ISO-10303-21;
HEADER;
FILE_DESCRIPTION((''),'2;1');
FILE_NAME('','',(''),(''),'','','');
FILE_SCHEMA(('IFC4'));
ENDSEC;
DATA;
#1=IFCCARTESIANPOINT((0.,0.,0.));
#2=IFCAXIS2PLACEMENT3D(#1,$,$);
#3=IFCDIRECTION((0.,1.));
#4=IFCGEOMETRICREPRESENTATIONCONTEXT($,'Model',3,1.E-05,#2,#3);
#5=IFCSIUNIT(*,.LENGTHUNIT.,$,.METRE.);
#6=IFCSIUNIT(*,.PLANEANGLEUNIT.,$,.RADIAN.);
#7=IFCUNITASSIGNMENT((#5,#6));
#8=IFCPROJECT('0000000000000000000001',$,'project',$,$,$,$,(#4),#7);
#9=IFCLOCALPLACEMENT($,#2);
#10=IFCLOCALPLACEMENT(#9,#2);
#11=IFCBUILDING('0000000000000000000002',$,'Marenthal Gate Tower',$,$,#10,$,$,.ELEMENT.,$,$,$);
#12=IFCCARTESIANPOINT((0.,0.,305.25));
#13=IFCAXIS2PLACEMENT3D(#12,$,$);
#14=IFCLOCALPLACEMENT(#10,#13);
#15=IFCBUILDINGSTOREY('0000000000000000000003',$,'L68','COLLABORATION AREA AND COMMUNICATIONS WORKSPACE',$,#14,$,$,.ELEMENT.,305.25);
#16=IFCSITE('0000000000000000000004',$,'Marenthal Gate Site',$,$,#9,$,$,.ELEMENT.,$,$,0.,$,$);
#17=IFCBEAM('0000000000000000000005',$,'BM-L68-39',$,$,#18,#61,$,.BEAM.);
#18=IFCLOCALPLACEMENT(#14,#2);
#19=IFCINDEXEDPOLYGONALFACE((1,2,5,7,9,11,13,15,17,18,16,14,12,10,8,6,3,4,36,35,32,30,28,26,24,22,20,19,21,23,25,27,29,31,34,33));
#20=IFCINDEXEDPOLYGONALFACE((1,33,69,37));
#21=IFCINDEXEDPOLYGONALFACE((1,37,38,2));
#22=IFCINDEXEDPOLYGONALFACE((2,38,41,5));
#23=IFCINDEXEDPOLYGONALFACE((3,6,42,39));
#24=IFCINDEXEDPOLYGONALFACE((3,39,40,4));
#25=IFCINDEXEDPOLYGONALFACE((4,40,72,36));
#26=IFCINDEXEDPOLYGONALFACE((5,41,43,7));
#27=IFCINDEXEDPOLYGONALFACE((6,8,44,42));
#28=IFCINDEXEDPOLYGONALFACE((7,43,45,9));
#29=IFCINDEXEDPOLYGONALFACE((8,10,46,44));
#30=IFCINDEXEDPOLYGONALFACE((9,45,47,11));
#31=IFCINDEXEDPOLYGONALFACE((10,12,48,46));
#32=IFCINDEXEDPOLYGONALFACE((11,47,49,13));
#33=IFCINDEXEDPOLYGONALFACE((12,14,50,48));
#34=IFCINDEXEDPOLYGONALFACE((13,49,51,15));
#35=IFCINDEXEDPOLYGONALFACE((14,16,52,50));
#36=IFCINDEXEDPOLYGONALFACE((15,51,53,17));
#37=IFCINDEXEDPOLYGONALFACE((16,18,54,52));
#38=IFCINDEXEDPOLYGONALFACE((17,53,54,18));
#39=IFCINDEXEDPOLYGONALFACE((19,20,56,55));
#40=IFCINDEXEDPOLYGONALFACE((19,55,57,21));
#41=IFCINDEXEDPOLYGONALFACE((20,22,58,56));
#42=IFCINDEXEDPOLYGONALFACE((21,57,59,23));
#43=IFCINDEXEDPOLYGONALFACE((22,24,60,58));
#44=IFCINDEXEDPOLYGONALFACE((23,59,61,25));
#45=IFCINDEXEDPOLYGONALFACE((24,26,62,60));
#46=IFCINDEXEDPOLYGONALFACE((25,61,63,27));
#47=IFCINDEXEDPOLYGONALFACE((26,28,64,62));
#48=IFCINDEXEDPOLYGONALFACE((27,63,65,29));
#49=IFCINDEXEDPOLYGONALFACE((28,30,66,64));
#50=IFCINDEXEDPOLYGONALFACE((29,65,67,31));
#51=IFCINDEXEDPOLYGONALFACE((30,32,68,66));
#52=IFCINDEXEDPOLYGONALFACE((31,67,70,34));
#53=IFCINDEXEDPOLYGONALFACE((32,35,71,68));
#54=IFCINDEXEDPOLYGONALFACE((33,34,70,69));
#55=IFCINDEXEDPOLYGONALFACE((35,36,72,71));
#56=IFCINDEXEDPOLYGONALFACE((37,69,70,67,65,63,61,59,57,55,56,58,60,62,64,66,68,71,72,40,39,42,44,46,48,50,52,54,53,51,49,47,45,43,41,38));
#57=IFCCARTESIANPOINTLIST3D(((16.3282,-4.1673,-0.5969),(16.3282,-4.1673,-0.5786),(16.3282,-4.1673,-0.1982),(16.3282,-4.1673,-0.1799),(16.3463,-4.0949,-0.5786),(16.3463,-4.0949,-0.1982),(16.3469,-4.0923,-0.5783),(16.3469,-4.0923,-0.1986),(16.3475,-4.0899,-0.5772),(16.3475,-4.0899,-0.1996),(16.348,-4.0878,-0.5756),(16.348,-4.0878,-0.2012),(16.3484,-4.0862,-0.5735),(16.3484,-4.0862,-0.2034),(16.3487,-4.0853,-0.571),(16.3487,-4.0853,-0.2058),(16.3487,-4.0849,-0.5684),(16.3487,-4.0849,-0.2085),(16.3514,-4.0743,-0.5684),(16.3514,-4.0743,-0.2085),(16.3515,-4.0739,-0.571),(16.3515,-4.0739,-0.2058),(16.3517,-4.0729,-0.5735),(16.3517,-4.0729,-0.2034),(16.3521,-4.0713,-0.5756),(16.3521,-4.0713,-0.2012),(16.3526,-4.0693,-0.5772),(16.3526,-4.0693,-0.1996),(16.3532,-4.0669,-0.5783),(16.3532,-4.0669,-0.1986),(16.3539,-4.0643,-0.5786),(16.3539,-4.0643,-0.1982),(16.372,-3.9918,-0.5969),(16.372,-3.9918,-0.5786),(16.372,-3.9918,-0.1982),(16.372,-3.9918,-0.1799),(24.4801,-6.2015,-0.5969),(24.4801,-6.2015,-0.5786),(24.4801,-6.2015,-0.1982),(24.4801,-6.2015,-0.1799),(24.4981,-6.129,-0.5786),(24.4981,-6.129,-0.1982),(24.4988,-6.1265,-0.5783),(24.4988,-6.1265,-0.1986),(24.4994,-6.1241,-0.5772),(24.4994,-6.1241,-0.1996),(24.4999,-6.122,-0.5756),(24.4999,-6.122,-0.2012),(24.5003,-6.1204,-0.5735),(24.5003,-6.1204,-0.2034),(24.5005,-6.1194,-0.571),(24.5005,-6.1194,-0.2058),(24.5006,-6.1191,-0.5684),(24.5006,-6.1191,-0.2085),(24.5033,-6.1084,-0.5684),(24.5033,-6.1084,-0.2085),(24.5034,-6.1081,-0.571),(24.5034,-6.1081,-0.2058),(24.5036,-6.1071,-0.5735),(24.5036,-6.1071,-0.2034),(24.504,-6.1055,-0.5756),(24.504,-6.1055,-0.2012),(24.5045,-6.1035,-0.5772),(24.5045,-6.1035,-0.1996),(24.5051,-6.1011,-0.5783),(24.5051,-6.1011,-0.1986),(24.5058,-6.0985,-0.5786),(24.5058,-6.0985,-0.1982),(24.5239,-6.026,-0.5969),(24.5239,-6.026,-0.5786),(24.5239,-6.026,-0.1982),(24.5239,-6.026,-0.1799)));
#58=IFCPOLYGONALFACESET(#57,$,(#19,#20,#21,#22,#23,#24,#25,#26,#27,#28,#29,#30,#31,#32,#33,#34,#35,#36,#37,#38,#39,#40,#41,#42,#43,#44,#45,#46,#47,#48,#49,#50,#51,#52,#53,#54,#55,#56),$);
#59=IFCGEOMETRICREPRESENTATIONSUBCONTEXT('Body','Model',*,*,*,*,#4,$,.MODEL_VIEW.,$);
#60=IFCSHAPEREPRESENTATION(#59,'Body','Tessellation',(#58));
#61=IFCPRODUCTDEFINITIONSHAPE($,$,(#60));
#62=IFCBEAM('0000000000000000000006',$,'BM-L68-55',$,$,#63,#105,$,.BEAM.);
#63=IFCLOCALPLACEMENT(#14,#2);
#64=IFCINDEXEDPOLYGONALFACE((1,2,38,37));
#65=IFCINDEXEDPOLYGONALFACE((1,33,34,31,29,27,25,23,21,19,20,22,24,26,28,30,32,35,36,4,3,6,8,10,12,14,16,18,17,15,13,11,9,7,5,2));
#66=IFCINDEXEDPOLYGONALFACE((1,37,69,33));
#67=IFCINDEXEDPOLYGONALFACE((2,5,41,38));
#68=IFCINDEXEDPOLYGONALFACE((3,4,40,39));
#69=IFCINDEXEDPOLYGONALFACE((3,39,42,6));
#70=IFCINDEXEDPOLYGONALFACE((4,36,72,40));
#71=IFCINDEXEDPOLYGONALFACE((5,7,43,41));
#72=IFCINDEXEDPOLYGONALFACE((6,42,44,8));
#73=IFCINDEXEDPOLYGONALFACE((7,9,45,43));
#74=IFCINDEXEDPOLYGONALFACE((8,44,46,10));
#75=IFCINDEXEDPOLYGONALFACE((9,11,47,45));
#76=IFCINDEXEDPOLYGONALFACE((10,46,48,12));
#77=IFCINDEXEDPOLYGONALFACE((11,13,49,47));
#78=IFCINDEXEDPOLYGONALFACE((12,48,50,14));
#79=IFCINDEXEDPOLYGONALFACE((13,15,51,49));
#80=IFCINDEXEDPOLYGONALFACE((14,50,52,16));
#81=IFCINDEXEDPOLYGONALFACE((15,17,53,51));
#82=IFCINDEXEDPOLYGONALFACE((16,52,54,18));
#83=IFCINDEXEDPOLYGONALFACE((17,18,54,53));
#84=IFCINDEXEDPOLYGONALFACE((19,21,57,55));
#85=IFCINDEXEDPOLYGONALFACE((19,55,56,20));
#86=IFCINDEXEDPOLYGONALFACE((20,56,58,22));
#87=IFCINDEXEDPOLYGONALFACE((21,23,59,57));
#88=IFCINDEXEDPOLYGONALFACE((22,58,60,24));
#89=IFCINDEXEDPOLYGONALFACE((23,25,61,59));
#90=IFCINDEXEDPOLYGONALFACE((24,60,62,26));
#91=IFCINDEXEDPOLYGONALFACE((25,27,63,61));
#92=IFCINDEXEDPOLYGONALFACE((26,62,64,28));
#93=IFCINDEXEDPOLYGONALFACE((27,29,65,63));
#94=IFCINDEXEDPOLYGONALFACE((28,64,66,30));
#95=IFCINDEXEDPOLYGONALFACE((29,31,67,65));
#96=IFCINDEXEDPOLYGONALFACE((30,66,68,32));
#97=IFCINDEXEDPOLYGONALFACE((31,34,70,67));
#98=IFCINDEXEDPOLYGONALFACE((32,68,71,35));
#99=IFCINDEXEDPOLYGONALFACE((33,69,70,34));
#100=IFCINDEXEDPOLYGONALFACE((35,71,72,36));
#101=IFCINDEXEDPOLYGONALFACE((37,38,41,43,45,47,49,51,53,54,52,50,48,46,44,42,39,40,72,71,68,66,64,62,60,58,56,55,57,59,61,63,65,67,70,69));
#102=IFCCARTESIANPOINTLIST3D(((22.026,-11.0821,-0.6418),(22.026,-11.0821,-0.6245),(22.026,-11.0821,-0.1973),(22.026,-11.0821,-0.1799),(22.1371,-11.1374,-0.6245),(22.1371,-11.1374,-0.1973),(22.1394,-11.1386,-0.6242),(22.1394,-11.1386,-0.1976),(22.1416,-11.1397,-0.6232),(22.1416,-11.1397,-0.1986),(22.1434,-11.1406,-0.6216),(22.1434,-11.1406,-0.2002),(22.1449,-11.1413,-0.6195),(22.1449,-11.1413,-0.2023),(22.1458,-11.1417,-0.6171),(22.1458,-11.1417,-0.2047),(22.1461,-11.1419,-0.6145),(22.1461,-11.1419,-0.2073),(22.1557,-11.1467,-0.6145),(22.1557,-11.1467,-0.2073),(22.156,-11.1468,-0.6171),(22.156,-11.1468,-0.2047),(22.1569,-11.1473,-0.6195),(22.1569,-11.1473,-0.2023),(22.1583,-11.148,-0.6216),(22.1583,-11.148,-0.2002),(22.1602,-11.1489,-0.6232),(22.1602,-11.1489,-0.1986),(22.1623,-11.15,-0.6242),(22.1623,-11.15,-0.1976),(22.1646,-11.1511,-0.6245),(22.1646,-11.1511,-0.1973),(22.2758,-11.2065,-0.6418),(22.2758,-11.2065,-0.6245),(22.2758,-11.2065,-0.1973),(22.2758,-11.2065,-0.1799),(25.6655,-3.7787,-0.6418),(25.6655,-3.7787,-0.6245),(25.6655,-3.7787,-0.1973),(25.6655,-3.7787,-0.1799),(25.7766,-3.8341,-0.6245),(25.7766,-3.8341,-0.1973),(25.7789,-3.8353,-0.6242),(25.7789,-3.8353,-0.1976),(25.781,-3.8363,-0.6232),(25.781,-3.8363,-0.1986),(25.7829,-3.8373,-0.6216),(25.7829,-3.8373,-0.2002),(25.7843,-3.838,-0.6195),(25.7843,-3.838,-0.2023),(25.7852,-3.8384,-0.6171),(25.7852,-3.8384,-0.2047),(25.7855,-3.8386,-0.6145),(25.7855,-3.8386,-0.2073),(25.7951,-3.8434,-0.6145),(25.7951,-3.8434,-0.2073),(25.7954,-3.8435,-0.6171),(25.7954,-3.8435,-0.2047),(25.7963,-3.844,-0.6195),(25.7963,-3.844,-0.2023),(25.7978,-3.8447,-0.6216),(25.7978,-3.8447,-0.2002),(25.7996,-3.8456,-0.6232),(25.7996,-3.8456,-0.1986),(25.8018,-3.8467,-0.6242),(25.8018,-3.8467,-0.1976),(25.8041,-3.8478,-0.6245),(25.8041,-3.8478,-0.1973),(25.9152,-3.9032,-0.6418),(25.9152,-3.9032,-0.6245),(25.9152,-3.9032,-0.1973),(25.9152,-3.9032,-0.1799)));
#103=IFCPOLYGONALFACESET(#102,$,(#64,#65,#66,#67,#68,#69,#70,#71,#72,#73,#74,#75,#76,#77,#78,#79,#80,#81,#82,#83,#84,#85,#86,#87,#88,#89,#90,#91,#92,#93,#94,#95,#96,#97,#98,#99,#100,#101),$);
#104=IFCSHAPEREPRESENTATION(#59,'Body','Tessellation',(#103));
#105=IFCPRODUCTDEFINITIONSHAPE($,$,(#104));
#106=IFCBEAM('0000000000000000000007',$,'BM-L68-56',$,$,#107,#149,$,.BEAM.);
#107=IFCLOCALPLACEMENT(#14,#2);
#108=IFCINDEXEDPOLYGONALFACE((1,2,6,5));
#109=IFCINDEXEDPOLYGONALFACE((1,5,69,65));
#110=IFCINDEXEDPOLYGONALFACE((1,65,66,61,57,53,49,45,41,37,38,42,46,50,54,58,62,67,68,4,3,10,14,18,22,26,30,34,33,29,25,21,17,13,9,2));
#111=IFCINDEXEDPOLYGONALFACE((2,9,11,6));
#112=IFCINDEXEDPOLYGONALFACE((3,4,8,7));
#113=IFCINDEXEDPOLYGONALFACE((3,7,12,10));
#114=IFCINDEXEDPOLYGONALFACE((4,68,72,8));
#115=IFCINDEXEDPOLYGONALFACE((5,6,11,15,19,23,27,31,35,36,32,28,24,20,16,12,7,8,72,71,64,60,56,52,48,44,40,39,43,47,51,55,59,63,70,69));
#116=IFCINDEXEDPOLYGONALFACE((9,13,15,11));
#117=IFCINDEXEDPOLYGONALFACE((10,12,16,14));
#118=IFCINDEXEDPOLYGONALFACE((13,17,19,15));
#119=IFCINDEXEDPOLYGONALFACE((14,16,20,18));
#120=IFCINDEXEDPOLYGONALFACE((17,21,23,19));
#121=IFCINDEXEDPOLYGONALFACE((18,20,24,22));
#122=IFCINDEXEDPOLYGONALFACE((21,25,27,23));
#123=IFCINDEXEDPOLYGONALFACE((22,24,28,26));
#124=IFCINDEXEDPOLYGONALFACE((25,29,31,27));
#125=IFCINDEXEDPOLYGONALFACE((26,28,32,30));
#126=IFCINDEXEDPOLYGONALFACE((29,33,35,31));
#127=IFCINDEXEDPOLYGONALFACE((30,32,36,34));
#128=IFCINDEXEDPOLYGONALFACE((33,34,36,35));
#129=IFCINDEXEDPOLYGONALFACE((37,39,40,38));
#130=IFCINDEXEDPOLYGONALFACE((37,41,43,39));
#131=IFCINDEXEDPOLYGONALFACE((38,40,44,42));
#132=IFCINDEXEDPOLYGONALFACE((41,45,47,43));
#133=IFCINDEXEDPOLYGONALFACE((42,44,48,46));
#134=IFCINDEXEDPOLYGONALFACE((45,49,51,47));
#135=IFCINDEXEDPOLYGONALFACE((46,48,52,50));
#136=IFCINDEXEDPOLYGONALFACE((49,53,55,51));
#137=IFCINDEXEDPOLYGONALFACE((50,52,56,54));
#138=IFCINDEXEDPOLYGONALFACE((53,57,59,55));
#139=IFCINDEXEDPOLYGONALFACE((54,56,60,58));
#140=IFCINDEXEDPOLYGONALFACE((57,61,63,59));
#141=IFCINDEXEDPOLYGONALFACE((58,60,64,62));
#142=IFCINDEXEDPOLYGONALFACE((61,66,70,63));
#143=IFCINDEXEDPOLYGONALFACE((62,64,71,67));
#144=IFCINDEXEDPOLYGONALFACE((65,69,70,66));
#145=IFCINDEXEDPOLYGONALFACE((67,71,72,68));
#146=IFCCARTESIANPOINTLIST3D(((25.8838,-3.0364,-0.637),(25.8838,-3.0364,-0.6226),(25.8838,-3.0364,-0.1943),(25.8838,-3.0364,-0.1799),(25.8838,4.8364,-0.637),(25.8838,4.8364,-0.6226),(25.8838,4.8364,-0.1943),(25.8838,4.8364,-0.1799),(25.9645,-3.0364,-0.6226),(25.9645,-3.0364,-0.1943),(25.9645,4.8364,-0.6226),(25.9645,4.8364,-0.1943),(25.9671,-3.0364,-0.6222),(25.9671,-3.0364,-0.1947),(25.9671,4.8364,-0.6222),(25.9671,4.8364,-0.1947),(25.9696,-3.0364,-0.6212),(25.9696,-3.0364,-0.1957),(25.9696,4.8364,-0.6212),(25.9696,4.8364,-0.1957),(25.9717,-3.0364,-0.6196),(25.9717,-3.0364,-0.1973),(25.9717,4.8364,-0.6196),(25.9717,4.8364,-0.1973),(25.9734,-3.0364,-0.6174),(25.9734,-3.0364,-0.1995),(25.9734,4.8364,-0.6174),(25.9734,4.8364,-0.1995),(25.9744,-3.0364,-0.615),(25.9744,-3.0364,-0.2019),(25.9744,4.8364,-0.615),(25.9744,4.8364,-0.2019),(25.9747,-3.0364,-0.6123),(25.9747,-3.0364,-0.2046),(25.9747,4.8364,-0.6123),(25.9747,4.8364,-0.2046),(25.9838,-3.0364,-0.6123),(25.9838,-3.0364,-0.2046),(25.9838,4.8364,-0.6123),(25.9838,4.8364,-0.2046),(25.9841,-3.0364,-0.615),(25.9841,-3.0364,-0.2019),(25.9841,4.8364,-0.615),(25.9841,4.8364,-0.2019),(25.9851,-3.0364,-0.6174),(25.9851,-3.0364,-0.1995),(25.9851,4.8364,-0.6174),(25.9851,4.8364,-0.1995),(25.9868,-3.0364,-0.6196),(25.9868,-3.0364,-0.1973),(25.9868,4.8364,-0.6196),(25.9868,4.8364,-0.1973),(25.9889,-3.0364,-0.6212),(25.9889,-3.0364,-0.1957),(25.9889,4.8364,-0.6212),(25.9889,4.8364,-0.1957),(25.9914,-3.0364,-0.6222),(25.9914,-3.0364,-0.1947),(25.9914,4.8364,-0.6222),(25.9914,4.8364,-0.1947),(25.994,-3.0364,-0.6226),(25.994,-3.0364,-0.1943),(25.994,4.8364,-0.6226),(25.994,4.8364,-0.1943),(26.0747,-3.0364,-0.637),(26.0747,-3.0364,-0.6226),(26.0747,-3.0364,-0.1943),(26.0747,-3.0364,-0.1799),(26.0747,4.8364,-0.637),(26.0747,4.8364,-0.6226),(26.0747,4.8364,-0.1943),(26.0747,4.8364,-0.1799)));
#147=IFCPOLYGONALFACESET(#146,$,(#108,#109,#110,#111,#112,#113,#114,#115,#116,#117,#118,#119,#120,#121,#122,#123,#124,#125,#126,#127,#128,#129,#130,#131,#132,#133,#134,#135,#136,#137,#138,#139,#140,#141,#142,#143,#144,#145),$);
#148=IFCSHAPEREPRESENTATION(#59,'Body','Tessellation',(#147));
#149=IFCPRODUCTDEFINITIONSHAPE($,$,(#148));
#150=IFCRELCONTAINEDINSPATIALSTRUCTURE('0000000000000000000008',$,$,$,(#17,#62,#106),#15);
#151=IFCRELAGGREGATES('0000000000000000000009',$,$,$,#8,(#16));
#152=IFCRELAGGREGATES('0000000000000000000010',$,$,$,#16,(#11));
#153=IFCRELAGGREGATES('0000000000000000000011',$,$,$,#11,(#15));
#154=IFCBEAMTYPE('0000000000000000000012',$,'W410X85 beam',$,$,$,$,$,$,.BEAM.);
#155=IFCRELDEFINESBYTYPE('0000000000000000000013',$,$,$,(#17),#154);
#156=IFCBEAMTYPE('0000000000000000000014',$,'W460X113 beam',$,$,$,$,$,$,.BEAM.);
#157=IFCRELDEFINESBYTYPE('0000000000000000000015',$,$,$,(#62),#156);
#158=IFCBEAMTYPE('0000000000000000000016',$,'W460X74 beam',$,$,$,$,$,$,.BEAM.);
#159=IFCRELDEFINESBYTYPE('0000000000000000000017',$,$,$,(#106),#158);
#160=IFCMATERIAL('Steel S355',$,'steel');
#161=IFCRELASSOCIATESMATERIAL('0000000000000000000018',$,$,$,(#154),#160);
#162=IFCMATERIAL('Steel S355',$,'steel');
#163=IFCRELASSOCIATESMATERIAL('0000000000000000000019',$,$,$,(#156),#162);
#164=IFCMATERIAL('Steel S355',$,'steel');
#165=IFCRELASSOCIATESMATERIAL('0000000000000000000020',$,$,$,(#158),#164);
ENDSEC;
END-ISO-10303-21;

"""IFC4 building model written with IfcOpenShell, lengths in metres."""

from ifc_helpers import new_model, si_unit, direction, frame, origin, origin_2d, place, context, subcontext, project, spatial, i_section, extrude, material, material_profile, profile_set, type_object, element, save


model = new_model("IFC4")

# Units and contexts
model_context = context("Model", 3, precision=1e-05, world=origin(), true_north=direction((0.0, 1.0)))
body_context = subcontext(model_context, "Body", "Model", "MODEL_VIEW")
ifc_project = project(units=[si_unit("LENGTHUNIT", "METRE"), si_unit("PLANEANGLEUNIT", "RADIAN")], contexts=[model_context])

# Site, building, storey
site_placement = place(None, origin())
site = spatial("IfcSite", under=ifc_project, at=site_placement, Name="Marenthal Gate Site", CompositionType="ELEMENT", RefElevation=0.0)
building_placement = place(site_placement, origin())
building = spatial("IfcBuilding", under=site, at=building_placement, Name="Marenthal Gate Tower", CompositionType="ELEMENT")
storey_placement = place(building_placement, frame((0.0, 0.0, 305.25)))
storey = spatial("IfcBuildingStorey", under=building, at=storey_placement, Name="L68", Description="COLLABORATION AREA AND COMMUNICATIONS WORKSPACE", CompositionType="ELEMENT", Elevation=305.25)

# Beams
ifc_material_1 = material(Name="Steel S355", Category="steel")
ifc_material_profile_1 = material_profile(ifc_material_1, i_section(OverallWidth=0.1809, OverallDepth=0.417, WebThickness=0.011, FlangeThickness=0.0183, FilletRadius=0.0103, at=origin_2d()), Name="W410X85")
ifc_profile_set_1 = profile_set([ifc_material_profile_1], Name="Steel S355")
beam_type_1 = type_object("IfcBeamType", Name="W410X85 beam", PredefinedType="BEAM", material=ifc_profile_set_1)
beam_1_placement = place(storey_placement, frame((24.502, -6.1138, -0.3884), z_axis=(-0.970248, 0.242112, 0.0), x_axis=(-0.242112, -0.970248, 0.0)))
element("IfcBeam", 1, at=beam_1_placement, inside=storey, type_object=beam_type_1, Name="BM-L68-39", PredefinedType="BEAM", context=body_context, shape_type="SweptSolid", body=[
    extrude(i_section(OverallWidth=0.1809, OverallDepth=0.417, WebThickness=0.011, FlangeThickness=0.0183, FilletRadius=0.0103, at=origin_2d()), origin(), (0.0, 0.0, 1.0), 8.4019),
])
ifc_material_2 = material(Name="Steel S355", Category="steel")
ifc_material_profile_2 = material_profile(ifc_material_2, i_section(OverallWidth=0.2791, OverallDepth=0.4619, WebThickness=0.0107, FlangeThickness=0.0173, FilletRadius=0.01, at=origin_2d()), Name="W460X113")
ifc_profile_set_2 = profile_set([ifc_material_profile_2], Name="Steel S355")
beam_type_2 = type_object("IfcBeamType", Name="W460X113 beam", PredefinedType="BEAM", material=ifc_profile_set_2)
beam_2_placement = place(storey_placement, frame((22.1509, -11.1443, -0.4109), z_axis=(0.446016, 0.895025, 0.0), x_axis=(-0.895025, 0.446016, 0.0)))
element("IfcBeam", 2, at=beam_2_placement, inside=storey, type_object=beam_type_2, Name="BM-L68-55", PredefinedType="BEAM", context=body_context, shape_type="SweptSolid", body=[
    extrude(i_section(OverallWidth=0.2791, OverallDepth=0.4619, WebThickness=0.0107, FlangeThickness=0.0173, FilletRadius=0.01, at=origin_2d()), origin(), (0.0, 0.0, 1.0), 8.1599),
])
ifc_material_3 = material(Name="Steel S355", Category="steel")
ifc_material_profile_3 = material_profile(ifc_material_3, i_section(OverallWidth=0.1909, OverallDepth=0.457, WebThickness=0.009, FlangeThickness=0.0144, FilletRadius=0.0103, at=origin_2d()), Name="W460X74")
ifc_profile_set_3 = profile_set([ifc_material_profile_3], Name="Steel S355")
beam_type_3 = type_object("IfcBeamType", Name="W460X74 beam", PredefinedType="BEAM", material=ifc_profile_set_3)
beam_3_placement = place(storey_placement, frame((25.9792, -3.0364, -0.4084), z_axis=(0.0, 1.0, 0.0), x_axis=(-1.0, 0.0, 0.0)))
element("IfcBeam", 3, at=beam_3_placement, inside=storey, type_object=beam_type_3, Name="BM-L68-56", PredefinedType="BEAM", context=body_context, shape_type="SweptSolid", body=[
    extrude(i_section(OverallWidth=0.1909, OverallDepth=0.457, WebThickness=0.009, FlangeThickness=0.0144, FilletRadius=0.0103, at=origin_2d()), origin(), (0.0, 0.0, 1.0), 7.8728),
])

save(model, "model.ifc")
